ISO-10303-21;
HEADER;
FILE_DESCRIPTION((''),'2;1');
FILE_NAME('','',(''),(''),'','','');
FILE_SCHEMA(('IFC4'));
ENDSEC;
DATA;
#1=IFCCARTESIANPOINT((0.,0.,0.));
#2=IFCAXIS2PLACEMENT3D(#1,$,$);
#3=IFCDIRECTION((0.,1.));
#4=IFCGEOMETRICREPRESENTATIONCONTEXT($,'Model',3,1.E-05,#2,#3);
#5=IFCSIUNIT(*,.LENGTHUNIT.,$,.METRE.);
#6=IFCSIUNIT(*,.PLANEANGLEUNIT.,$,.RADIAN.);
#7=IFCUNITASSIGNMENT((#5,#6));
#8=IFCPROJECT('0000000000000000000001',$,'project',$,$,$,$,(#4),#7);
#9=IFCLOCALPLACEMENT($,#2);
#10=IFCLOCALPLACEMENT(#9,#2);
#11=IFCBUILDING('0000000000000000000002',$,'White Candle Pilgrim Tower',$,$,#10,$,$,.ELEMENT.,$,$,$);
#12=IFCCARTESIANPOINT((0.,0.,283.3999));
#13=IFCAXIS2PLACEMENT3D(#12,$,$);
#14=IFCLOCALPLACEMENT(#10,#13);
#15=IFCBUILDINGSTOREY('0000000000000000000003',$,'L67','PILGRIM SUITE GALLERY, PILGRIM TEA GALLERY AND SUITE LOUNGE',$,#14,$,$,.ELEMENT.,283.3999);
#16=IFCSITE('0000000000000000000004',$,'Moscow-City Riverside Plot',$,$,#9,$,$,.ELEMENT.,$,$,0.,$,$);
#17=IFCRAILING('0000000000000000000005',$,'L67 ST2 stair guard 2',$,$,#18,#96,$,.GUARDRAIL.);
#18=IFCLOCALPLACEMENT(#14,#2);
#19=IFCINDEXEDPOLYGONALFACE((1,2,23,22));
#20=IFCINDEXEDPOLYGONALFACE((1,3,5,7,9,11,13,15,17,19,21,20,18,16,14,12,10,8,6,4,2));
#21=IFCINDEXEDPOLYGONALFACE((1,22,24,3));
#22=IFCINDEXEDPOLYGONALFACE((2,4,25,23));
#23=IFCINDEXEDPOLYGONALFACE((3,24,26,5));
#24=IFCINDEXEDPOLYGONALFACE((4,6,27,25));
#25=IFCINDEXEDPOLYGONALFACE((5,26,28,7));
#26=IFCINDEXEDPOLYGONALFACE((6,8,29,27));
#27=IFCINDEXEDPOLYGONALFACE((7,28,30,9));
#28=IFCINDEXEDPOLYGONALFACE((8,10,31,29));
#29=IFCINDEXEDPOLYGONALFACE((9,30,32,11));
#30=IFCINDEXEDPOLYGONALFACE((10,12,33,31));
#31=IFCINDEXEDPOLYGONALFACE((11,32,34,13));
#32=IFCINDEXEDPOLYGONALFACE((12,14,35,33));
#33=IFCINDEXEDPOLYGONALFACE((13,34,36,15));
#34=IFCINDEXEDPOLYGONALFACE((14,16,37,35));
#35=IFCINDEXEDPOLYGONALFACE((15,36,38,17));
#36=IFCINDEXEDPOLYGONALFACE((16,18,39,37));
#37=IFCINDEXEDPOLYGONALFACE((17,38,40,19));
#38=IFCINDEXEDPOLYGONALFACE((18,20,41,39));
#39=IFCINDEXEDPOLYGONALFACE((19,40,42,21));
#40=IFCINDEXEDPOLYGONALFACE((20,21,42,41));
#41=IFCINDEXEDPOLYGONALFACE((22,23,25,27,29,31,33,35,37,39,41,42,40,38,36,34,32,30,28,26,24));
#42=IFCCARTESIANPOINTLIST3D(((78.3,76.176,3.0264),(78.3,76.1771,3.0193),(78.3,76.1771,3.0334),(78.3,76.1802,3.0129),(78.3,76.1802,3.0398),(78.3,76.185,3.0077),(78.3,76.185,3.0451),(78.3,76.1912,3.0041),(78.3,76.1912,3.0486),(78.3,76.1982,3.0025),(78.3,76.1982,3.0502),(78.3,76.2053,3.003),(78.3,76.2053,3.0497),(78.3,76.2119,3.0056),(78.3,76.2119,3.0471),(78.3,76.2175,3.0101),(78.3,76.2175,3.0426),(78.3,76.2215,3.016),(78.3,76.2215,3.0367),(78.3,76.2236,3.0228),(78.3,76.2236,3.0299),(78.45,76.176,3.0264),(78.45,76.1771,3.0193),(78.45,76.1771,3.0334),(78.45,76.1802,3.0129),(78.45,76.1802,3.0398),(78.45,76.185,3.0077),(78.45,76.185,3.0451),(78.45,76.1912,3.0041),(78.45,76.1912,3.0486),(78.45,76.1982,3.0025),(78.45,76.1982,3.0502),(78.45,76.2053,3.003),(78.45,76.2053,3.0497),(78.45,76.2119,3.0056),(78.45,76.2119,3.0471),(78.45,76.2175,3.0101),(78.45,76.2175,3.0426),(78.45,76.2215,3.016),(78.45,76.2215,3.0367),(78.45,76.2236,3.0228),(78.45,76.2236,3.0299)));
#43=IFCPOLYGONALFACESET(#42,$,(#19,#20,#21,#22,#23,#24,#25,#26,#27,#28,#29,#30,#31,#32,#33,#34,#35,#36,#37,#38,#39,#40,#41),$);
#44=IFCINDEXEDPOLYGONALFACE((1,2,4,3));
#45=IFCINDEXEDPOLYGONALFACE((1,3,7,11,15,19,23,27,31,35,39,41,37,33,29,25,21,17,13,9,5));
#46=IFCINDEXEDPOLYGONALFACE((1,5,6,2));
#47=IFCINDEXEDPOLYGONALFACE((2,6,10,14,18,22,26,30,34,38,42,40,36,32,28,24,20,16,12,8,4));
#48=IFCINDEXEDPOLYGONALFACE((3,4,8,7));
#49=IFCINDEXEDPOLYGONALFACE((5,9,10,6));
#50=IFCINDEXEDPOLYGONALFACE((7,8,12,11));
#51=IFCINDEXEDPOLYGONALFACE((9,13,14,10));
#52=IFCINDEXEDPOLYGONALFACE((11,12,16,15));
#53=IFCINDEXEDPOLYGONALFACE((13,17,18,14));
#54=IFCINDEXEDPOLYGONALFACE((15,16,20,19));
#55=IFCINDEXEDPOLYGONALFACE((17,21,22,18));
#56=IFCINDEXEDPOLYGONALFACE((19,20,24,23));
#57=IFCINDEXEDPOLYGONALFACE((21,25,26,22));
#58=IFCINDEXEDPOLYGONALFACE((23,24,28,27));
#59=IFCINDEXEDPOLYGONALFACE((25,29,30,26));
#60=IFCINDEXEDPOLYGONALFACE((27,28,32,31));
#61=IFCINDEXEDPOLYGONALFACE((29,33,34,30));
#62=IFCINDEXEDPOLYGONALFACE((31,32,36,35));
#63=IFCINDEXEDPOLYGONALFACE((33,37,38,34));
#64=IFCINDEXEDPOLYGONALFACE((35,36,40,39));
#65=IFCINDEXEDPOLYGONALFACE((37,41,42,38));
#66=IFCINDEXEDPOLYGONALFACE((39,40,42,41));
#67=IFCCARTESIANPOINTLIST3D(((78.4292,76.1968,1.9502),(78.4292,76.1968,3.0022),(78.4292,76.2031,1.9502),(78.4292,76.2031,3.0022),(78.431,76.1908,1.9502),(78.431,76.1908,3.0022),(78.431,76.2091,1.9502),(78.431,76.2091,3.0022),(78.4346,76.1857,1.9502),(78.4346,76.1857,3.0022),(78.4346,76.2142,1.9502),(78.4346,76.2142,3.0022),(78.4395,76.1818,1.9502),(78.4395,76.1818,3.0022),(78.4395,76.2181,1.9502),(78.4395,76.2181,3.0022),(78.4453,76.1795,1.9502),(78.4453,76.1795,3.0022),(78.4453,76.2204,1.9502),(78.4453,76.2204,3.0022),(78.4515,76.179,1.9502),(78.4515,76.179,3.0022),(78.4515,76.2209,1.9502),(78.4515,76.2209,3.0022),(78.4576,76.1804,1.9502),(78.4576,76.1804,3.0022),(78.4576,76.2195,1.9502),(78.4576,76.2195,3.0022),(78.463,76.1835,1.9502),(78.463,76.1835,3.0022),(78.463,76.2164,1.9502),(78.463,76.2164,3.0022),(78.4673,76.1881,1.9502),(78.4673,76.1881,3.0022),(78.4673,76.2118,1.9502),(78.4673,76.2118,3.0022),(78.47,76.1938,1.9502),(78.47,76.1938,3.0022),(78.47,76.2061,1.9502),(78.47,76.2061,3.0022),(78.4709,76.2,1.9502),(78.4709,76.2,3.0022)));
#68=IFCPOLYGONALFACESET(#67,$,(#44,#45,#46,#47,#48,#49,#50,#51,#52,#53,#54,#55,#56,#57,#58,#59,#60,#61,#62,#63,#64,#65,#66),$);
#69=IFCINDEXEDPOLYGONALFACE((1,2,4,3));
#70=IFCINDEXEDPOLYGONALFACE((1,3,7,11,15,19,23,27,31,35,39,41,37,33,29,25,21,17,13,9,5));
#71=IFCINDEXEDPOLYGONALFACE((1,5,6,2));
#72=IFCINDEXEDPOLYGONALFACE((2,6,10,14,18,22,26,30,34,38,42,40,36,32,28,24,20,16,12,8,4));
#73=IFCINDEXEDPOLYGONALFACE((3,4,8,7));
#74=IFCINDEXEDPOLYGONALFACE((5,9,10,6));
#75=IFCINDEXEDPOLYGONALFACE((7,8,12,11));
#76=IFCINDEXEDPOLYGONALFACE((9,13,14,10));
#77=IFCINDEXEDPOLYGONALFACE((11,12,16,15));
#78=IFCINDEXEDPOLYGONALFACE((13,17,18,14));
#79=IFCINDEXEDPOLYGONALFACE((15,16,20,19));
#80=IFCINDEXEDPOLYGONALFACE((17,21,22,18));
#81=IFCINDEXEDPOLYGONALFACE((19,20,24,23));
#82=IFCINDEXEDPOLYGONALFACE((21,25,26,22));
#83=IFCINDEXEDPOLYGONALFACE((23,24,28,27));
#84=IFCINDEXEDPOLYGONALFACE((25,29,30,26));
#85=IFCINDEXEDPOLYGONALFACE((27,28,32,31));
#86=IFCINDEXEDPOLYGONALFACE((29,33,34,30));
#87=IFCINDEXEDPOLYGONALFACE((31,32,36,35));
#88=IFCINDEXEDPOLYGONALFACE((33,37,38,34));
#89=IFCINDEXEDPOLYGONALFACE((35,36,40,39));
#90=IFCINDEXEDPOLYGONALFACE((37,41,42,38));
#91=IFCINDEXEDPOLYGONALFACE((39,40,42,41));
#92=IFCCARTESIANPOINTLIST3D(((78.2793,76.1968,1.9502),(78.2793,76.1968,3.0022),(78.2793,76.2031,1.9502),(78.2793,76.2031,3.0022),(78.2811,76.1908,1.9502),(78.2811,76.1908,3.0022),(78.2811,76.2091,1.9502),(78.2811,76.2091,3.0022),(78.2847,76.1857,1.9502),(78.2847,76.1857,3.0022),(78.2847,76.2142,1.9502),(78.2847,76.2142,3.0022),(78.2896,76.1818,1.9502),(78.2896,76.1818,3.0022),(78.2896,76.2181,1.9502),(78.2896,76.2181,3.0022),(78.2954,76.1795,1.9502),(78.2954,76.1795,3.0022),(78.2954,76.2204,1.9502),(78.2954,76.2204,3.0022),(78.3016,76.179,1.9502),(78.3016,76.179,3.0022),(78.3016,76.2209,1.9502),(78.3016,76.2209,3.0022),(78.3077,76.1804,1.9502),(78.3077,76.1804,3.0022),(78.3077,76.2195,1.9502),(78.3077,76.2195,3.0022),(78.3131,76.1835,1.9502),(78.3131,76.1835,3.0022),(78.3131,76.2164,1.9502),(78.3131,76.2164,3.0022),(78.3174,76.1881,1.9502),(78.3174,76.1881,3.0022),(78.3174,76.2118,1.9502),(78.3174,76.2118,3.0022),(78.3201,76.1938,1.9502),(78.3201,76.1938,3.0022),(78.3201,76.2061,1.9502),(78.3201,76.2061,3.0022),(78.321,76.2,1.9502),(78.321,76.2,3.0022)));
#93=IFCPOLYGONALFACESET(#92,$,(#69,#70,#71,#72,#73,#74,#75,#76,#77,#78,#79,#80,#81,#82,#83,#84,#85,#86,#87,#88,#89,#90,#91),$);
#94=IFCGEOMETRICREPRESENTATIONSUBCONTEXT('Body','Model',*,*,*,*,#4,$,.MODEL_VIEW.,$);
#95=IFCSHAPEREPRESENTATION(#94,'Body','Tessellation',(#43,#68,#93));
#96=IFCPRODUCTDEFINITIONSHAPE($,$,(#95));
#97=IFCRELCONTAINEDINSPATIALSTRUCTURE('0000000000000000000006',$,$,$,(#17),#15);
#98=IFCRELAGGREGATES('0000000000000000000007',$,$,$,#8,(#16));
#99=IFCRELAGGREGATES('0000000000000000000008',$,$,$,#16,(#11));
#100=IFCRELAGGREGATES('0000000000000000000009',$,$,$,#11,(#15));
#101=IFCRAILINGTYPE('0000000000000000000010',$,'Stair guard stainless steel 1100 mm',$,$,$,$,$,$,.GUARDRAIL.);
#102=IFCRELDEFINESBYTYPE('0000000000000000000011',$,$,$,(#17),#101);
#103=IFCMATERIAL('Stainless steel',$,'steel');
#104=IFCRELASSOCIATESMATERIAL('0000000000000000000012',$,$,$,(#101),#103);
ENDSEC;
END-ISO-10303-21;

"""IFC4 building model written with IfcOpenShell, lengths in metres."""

from ifc_helpers import new_model, si_unit, direction, frame, origin, origin_2d, place, context, subcontext, project, spatial, circle, extrude, material, type_object, element, save


model = new_model("IFC4")

# Units and contexts
model_context = context("Model", 3, precision=1e-05, world=origin(), true_north=direction((0.0, 1.0)))
body_context = subcontext(model_context, "Body", "Model", "MODEL_VIEW")
ifc_project = project(units=[si_unit("LENGTHUNIT", "METRE"), si_unit("PLANEANGLEUNIT", "RADIAN")], contexts=[model_context])

# Site, building, storey
site_placement = place(None, origin())
site = spatial("IfcSite", under=ifc_project, at=site_placement, Name="Moscow-City Riverside Plot", CompositionType="ELEMENT", RefElevation=0.0)
building_placement = place(site_placement, origin())
building = spatial("IfcBuilding", under=site, at=building_placement, Name="White Candle Pilgrim Tower", CompositionType="ELEMENT")
storey_placement = place(building_placement, frame((0.0, 0.0, 283.3999)))
storey = spatial("IfcBuildingStorey", under=building, at=storey_placement, Name="L67", Description="PILGRIM SUITE GALLERY, PILGRIM TEA GALLERY AND SUITE LOUNGE", CompositionType="ELEMENT", Elevation=283.3999)

# Railing
ifc_material_1 = material(Name="Stainless steel", Category="steel")
railing_type = type_object("IfcRailingType", Name="Stair guard stainless steel 1100 mm", PredefinedType="GUARDRAIL", material=ifc_material_1)
railing_1_placement = place(storey_placement, frame((78.45, 76.2, 1.9502)))
element("IfcRailing", 1, at=railing_1_placement, inside=storey, type_object=railing_type, Name="L67 ST2 stair guard 2", PredefinedType="GUARDRAIL", context=body_context, shape_type="SweptSolid", body=[
    extrude(circle(Radius=0.0239, at=origin_2d()), frame((0.0, 0.0, 1.0762), z_axis=(-1.0, 0.0, 0.0), x_axis=(0.0, -1.0, 0.0)), (0.0, 0.0, 1.0), 0.1499),
    extrude(circle(Radius=0.021, at=origin_2d()), origin(), (0.0, 0.0, 1.0), 1.052),
    extrude(circle(Radius=0.021, at=origin_2d()), frame((-0.1499, 0.0, 0.0)), (0.0, 0.0, 1.0), 1.052),
])

save(model, "model.ifc")
